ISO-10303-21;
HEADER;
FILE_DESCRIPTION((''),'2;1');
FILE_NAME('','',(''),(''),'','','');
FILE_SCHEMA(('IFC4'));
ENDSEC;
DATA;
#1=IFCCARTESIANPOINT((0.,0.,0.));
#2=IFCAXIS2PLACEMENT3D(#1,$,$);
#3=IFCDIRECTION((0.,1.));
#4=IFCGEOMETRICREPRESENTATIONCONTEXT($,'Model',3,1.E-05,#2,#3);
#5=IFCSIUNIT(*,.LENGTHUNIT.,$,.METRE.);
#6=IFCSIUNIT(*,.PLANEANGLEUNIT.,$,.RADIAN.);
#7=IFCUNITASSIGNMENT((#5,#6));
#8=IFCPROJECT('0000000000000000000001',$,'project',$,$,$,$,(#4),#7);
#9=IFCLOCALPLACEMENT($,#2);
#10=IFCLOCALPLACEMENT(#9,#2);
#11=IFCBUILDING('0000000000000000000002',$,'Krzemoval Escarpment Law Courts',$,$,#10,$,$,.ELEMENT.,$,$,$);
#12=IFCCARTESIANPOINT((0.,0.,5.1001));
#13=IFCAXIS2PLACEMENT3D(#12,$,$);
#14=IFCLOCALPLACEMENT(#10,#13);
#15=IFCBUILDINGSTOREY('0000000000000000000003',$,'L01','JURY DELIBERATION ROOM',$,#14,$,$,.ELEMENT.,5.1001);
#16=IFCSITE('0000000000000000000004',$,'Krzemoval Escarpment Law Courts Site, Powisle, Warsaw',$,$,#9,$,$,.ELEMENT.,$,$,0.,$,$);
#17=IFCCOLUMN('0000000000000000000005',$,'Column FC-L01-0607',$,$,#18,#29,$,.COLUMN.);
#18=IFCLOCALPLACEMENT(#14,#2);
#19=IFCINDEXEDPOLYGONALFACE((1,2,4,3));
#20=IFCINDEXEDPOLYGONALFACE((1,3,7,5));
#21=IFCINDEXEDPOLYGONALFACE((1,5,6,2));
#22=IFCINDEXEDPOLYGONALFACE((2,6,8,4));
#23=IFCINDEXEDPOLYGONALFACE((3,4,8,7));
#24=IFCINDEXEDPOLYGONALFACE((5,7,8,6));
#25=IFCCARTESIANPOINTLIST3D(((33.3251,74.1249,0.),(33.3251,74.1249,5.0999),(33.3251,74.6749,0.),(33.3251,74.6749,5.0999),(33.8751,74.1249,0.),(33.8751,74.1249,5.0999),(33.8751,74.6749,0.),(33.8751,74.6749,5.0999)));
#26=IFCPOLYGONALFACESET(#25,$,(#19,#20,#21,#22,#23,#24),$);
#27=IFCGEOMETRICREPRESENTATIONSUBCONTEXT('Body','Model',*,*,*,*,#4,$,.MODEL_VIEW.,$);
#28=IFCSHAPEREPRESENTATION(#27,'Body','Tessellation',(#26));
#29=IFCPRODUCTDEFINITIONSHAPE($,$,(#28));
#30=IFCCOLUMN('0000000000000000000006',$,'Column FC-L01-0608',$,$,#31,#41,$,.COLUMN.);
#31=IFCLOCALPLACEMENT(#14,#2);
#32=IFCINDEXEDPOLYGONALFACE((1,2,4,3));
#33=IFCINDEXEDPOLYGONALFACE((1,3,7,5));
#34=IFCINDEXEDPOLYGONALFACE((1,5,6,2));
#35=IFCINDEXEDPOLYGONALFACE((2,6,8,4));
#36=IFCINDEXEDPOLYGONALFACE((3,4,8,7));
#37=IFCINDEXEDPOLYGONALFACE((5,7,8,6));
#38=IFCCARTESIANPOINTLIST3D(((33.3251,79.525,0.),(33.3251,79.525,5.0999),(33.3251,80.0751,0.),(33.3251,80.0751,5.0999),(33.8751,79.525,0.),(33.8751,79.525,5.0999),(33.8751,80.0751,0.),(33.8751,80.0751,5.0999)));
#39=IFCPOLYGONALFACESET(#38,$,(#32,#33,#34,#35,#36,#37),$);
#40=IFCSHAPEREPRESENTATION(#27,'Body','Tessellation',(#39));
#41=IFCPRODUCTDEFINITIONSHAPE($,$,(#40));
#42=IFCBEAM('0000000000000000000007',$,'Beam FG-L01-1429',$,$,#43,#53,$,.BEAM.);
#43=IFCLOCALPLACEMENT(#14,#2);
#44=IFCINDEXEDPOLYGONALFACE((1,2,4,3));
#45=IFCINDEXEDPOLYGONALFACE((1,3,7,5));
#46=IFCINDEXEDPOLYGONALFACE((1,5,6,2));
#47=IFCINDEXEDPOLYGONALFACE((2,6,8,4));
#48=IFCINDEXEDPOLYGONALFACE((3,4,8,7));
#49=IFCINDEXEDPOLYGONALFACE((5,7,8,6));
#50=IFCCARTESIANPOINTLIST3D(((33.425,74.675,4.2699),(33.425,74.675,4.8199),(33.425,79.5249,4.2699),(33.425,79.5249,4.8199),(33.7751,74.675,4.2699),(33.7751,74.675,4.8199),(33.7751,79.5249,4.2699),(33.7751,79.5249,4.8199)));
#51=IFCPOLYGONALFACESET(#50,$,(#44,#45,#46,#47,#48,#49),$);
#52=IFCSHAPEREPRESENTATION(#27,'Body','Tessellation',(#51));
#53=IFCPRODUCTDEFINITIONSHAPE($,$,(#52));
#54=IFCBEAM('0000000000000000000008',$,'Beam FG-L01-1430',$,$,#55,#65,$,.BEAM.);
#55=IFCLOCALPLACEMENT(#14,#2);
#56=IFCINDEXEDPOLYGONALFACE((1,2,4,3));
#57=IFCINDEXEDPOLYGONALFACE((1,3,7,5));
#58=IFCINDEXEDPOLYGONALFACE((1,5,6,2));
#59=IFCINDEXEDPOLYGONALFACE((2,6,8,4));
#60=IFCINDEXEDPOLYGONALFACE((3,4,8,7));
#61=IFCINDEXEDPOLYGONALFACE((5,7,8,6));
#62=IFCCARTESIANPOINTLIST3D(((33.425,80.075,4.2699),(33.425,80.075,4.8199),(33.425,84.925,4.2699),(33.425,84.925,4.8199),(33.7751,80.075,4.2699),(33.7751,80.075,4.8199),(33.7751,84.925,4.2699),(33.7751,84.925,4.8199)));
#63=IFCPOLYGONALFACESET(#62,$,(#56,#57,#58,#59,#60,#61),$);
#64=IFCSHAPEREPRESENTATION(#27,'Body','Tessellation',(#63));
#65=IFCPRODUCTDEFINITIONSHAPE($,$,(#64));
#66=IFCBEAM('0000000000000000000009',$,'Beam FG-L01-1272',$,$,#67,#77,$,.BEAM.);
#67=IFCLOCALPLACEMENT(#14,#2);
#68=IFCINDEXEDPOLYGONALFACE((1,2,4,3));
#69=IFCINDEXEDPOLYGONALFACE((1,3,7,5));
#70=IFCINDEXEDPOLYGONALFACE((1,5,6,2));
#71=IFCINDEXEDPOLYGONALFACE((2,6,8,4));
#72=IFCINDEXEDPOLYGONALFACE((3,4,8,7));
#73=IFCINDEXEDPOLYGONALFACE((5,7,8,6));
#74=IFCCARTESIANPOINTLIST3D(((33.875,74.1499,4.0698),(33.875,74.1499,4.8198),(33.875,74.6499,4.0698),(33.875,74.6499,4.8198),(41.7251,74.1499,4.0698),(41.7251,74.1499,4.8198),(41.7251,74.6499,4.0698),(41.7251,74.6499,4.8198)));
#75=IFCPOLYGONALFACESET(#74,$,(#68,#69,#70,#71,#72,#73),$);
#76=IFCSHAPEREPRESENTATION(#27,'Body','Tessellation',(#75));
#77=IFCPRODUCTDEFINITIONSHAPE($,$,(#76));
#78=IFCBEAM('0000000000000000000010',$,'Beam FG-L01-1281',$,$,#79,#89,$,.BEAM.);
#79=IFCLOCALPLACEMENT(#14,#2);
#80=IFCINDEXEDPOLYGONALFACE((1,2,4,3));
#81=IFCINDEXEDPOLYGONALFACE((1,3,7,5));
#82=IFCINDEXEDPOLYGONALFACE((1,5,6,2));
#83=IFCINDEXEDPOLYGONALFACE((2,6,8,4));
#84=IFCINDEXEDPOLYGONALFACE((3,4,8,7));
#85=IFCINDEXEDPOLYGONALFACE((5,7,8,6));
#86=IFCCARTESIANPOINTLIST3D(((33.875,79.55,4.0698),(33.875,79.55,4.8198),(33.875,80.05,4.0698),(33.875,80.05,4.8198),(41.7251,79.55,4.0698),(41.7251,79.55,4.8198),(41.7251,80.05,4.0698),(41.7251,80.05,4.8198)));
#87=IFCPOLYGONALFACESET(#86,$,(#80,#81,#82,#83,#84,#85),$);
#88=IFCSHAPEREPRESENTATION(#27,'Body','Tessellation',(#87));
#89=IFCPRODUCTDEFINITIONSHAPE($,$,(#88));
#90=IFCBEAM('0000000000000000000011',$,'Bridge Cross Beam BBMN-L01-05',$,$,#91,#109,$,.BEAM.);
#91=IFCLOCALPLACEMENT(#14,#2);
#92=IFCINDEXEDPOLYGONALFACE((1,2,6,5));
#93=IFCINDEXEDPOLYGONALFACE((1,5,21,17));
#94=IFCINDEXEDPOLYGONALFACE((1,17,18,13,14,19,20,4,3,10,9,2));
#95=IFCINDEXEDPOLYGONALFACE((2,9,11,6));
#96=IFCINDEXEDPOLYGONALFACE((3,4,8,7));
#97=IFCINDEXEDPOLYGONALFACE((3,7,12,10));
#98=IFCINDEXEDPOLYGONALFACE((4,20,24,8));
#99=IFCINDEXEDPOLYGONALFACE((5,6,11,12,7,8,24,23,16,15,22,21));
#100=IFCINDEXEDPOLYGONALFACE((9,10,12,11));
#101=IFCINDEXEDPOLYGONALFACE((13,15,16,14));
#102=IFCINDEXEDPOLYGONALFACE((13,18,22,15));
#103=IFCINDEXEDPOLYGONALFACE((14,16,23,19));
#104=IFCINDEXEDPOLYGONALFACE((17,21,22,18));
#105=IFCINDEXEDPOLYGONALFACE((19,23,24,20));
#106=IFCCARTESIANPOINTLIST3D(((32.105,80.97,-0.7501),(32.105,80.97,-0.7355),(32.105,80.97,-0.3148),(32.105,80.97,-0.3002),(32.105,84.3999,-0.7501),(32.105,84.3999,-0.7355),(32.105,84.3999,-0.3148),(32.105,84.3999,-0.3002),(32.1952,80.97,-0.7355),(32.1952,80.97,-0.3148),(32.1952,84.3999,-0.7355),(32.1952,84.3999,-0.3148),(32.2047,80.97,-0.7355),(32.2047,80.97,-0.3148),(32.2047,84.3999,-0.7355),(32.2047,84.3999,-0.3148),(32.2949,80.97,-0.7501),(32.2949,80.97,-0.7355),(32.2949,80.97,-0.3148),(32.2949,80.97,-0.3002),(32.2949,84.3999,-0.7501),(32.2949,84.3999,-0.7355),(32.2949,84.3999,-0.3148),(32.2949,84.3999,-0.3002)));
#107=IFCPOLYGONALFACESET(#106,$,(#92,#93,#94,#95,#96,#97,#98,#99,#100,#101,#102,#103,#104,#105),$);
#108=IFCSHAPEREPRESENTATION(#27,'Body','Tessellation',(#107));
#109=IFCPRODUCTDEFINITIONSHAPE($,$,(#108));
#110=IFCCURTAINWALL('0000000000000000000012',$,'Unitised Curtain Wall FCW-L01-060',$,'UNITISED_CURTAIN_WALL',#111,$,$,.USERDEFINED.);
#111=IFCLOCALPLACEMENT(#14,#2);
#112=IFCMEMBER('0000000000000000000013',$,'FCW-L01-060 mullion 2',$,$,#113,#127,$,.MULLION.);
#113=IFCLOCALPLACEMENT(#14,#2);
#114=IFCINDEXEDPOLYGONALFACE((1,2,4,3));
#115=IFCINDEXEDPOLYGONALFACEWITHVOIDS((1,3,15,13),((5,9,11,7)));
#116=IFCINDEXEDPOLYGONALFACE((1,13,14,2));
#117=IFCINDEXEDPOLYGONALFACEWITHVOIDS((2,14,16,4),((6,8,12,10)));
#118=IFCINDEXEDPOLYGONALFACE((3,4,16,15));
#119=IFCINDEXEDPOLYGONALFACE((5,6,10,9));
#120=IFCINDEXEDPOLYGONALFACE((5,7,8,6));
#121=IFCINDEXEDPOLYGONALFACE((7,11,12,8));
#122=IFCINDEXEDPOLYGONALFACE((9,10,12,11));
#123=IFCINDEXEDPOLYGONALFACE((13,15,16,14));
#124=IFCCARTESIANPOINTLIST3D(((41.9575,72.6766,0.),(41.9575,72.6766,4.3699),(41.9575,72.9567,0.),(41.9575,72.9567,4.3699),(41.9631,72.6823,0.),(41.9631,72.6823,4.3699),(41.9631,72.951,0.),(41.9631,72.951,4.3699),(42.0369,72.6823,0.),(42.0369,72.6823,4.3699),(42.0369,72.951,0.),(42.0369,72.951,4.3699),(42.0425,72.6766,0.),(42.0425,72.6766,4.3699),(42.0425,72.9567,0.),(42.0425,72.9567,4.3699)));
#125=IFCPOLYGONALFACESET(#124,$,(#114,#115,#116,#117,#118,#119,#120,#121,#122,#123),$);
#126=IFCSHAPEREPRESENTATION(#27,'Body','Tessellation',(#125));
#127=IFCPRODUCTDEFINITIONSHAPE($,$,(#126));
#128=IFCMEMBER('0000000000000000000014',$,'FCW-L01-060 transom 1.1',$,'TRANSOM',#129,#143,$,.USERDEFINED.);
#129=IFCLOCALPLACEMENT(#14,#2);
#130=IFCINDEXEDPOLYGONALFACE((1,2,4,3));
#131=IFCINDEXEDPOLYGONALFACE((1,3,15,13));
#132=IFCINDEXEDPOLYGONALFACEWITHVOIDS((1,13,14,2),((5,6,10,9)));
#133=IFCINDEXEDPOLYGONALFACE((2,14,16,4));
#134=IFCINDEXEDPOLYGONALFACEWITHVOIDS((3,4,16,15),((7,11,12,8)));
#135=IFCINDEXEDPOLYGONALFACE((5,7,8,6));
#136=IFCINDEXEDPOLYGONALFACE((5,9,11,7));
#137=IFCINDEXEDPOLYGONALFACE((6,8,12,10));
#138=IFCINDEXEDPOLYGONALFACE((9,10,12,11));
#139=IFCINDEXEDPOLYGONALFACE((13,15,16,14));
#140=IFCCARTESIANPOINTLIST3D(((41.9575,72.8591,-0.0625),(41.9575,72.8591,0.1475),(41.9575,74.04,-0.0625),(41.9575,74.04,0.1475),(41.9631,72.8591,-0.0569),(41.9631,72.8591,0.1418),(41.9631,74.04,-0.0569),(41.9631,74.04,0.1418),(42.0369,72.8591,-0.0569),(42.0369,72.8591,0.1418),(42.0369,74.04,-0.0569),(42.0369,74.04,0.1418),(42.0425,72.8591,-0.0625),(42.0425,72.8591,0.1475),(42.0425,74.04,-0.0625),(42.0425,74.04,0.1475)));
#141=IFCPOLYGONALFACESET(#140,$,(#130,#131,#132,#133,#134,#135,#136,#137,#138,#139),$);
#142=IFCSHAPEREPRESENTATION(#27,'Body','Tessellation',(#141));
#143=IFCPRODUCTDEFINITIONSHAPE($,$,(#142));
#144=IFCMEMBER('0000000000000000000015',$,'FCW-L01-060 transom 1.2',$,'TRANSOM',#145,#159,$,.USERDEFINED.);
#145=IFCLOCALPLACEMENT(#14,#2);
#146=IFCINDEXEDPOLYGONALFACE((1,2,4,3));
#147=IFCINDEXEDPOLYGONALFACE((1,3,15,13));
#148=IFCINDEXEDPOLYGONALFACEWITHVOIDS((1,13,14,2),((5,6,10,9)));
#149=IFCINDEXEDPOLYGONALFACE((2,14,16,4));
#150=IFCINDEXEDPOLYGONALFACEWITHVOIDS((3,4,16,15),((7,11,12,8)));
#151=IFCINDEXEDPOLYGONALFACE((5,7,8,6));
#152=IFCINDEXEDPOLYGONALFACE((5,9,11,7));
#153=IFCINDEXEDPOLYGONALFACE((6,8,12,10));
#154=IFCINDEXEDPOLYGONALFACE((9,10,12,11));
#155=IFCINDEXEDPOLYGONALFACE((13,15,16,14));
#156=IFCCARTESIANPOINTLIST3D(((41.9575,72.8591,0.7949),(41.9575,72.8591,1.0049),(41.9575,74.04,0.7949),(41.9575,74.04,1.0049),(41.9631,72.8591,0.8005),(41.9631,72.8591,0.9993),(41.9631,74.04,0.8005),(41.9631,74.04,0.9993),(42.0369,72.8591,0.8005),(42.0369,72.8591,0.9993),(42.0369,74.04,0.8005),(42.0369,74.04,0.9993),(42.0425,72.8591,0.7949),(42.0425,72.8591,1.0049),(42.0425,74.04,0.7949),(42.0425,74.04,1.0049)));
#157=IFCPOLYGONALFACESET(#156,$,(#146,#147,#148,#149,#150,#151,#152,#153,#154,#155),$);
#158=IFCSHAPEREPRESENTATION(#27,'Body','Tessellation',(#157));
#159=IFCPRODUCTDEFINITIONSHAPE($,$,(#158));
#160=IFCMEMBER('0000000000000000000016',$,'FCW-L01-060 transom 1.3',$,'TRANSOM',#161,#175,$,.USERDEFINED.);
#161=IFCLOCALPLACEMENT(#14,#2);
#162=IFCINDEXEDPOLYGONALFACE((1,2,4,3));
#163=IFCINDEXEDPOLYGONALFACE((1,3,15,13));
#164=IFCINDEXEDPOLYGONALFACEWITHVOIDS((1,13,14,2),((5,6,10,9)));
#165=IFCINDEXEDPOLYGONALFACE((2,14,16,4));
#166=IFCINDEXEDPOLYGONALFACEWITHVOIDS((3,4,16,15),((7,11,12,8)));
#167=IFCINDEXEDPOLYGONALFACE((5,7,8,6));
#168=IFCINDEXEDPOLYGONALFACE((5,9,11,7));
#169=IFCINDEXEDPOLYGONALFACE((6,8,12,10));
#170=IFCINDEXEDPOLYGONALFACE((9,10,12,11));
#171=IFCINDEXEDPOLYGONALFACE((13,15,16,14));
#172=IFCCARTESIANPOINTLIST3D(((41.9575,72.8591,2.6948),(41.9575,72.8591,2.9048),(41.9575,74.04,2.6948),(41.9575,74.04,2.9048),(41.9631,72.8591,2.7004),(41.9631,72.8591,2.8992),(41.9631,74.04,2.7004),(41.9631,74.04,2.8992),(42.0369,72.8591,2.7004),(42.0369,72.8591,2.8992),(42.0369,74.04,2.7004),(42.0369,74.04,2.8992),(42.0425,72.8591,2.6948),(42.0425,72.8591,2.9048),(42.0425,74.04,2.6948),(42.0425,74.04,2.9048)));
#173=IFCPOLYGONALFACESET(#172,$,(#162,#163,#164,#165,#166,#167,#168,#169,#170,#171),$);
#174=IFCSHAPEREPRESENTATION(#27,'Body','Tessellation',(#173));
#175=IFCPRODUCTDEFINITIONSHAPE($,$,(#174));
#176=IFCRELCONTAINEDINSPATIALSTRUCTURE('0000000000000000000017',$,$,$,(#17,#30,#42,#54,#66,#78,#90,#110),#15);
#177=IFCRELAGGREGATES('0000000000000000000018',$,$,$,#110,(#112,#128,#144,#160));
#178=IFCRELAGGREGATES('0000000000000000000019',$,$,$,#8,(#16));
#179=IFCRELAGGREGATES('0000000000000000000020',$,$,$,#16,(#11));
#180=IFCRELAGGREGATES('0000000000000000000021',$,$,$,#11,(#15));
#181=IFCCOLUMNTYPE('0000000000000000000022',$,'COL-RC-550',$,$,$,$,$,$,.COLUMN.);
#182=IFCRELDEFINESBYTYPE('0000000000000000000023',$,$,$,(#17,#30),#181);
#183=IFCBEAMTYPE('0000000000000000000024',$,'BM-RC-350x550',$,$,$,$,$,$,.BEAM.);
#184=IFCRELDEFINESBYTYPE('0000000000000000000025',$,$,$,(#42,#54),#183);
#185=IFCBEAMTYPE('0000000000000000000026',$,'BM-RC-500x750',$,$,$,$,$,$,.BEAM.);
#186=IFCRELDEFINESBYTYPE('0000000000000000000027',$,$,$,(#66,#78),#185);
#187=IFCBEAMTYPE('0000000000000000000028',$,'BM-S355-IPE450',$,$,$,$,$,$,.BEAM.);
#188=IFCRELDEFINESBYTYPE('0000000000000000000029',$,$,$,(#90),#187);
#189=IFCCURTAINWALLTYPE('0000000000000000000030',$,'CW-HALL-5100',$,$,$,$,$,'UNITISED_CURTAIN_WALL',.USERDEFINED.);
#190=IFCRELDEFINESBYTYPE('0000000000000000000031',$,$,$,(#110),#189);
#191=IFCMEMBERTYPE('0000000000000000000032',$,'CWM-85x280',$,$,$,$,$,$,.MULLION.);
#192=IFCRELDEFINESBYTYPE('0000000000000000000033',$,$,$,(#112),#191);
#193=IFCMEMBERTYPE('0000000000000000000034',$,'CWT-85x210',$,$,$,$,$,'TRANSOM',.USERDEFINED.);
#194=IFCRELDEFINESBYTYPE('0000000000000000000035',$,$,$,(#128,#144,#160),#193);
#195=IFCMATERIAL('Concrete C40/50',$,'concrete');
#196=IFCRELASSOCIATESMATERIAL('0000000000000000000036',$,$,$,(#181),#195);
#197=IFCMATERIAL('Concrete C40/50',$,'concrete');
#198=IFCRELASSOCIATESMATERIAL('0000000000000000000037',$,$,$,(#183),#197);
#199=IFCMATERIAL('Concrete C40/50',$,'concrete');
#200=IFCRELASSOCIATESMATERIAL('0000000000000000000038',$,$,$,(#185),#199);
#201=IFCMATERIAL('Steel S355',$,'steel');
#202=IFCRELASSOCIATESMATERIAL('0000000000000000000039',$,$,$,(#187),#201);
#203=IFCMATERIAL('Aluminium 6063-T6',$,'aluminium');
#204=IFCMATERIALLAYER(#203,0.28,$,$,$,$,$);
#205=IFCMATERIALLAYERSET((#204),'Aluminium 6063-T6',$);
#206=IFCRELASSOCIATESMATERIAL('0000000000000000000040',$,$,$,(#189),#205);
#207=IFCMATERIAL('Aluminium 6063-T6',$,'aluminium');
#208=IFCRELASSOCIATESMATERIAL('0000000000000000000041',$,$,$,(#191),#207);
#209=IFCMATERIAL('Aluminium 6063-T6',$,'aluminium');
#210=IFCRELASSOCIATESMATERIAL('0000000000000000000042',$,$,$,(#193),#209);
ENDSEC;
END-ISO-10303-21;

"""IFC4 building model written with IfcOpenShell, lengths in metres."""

from ifc_helpers import new_model, si_unit, direction, frame, origin, origin_2d, place, context, subcontext, project, spatial, rectangle, hollow_rectangle, i_section, extrude, material, layer, layer_set, material_profile, profile_set, type_object, element, aggregate, save


model = new_model("IFC4")

# Units and contexts
model_context = context("Model", 3, precision=1e-05, world=origin(), true_north=direction((0.0, 1.0)))
body_context = subcontext(model_context, "Body", "Model", "MODEL_VIEW")
ifc_project = project(units=[si_unit("LENGTHUNIT", "METRE"), si_unit("PLANEANGLEUNIT", "RADIAN")], contexts=[model_context])

# Site, building, storey
site_placement = place(None, origin())
site = spatial("IfcSite", under=ifc_project, at=site_placement, Name="Krzemoval Escarpment Law Courts Site, Powisle, Warsaw", CompositionType="ELEMENT", RefElevation=0.0)
building_placement = place(site_placement, origin())
building = spatial("IfcBuilding", under=site, at=building_placement, Name="Krzemoval Escarpment Law Courts", CompositionType="ELEMENT")
storey_placement = place(building_placement, frame((0.0, 0.0, 5.1001)))
storey = spatial("IfcBuildingStorey", under=building, at=storey_placement, Name="L01", Description="JURY DELIBERATION ROOM", CompositionType="ELEMENT", Elevation=5.1001)

# Columns
ifc_material_1 = material(Name="Concrete C40/50", Category="concrete")
ifc_material_profile_1 = material_profile(ifc_material_1, rectangle(XDim=0.55, YDim=0.55, at=origin_2d()), Name="RC 550x550")
ifc_profile_set_1 = profile_set([ifc_material_profile_1], Name="Concrete C40/50")
column_type = type_object("IfcColumnType", Name="COL-RC-550", PredefinedType="COLUMN", material=ifc_profile_set_1)
for number, where, z_axis, x_axis, name in (
    (1, (33.6001, 74.3999, 0.0), (0.0, 0.0, 1.0), (1.0, 0.0, 0.0), "Column FC-L01-0607"),
    (2, (33.6001, 79.8, 0.0), (0.0, 0.0, 1.0), (1.0, 0.0, 0.0), "Column FC-L01-0608"),
):
    element("IfcColumn", number, at=place(storey_placement, frame(where, z_axis=z_axis, x_axis=x_axis)), inside=storey, type_object=column_type, Name=name, PredefinedType="COLUMN", context=body_context, shape_type="SweptSolid", body=[
        extrude(rectangle(XDim=0.55, YDim=0.55, at=origin_2d()), origin(), (0.0, 0.0, 1.0), 5.0999),
    ])

# Beams
ifc_material_2 = material(Name="Concrete C40/50", Category="concrete")
ifc_material_profile_2 = material_profile(ifc_material_2, rectangle(XDim=0.3501, YDim=0.55, at=origin_2d()), Name="RCB 350x550")
ifc_profile_set_2 = profile_set([ifc_material_profile_2], Name="Concrete C40/50")
beam_type_1 = type_object("IfcBeamType", Name="BM-RC-350x550", PredefinedType="BEAM", material=ifc_profile_set_2)
beam_1_placement = place(storey_placement, frame((33.6001, 74.675, 4.5449), z_axis=(0.0, 1.0, 0.0), x_axis=(-1.0, 0.0, 0.0)))
element("IfcBeam", 3, at=beam_1_placement, inside=storey, type_object=beam_type_1, Name="Beam FG-L01-1429", PredefinedType="BEAM", context=body_context, shape_type="SweptSolid", body=[
    extrude(rectangle(XDim=0.3501, YDim=0.55, at=origin_2d()), origin(), (0.0, 0.0, 1.0), 4.8499),
])
beam_2_placement = place(storey_placement, frame((33.6001, 80.075, 4.5449), z_axis=(0.0, 1.0, 0.0), x_axis=(-1.0, 0.0, 0.0)))
element("IfcBeam", 4, at=beam_2_placement, inside=storey, type_object=beam_type_1, Name="Beam FG-L01-1430", PredefinedType="BEAM", context=body_context, shape_type="SweptSolid", body=[
    extrude(rectangle(XDim=0.3501, YDim=0.55, at=origin_2d()), origin(), (0.0, 0.0, 1.0), 4.8501),
])
ifc_material_3 = material(Name="Concrete C40/50", Category="concrete")
ifc_material_profile_3 = material_profile(ifc_material_3, rectangle(XDim=0.5, YDim=0.75, at=origin_2d()), Name="RCB 500x750")
ifc_profile_set_3 = profile_set([ifc_material_profile_3], Name="Concrete C40/50")
beam_type_2 = type_object("IfcBeamType", Name="BM-RC-500x750", PredefinedType="BEAM", material=ifc_profile_set_3)
for number, where, z_axis, x_axis, name in (
    (5, (33.875, 74.3999, 4.4448), (1.0, 0.0, 0.0), (0.0, 1.0, 0.0), "Beam FG-L01-1272"),
    (6, (33.875, 79.8, 4.4448), (1.0, 0.0, 0.0), (0.0, 1.0, 0.0), "Beam FG-L01-1281"),
):
    element("IfcBeam", number, at=place(storey_placement, frame(where, z_axis=z_axis, x_axis=x_axis)), inside=storey, type_object=beam_type_2, Name=name, PredefinedType="BEAM", context=body_context, shape_type="SweptSolid", body=[
        extrude(rectangle(XDim=0.5, YDim=0.75, at=origin_2d()), origin(), (0.0, 0.0, 1.0), 7.8501),
    ])
ifc_material_4 = material(Name="Steel S355", Category="steel")
ifc_material_profile_4 = material_profile(ifc_material_4, i_section(OverallWidth=0.1899, OverallDepth=0.45, WebThickness=0.0095, FlangeThickness=0.0146, at=origin_2d()), Name="IPE 450")
ifc_profile_set_4 = profile_set([ifc_material_profile_4], Name="Steel S355")
beam_type_3 = type_object("IfcBeamType", Name="BM-S355-IPE450", PredefinedType="BEAM", material=ifc_profile_set_4)
beam_3_placement = place(storey_placement, frame((32.2, 80.97, -0.5251), z_axis=(0.0, 1.0, 0.0), x_axis=(-1.0, 0.0, 0.0)))
element("IfcBeam", 7, at=beam_3_placement, inside=storey, type_object=beam_type_3, Name="Bridge Cross Beam BBMN-L01-05", PredefinedType="BEAM", context=body_context, shape_type="SweptSolid", body=[
    extrude(i_section(OverallWidth=0.1899, OverallDepth=0.45, WebThickness=0.0095, FlangeThickness=0.0146, at=origin_2d()), origin(), (0.0, 0.0, 1.0), 3.4299),
])

# Curtain wall, members
ifc_material_5 = material(Name="Aluminium 6063-T6", Category="aluminium")
ifc_layer_1 = layer(ifc_material_5, 0.28)
ifc_layer_set_1 = layer_set([ifc_layer_1], Name="Aluminium 6063-T6")
curtain_wall_type = type_object("IfcCurtainWallType", Name="CW-HALL-5100", ElementType="UNITISED_CURTAIN_WALL", PredefinedType="USERDEFINED", material=ifc_layer_set_1)
curtain_wall_placement = place(storey_placement, origin())
curtain_wall = element("IfcCurtainWall", 8, at=curtain_wall_placement, inside=storey, type_object=curtain_wall_type, Name="Unitised Curtain Wall FCW-L01-060", ObjectType="UNITISED_CURTAIN_WALL", PredefinedType="USERDEFINED")
ifc_material_6 = material(Name="Aluminium 6063-T6", Category="aluminium")
ifc_material_profile_5 = material_profile(ifc_material_6, hollow_rectangle(XDim=0.085, YDim=0.28, WallThickness=0.0056, at=origin_2d()), Name="ALU M85x280")
ifc_profile_set_5 = profile_set([ifc_material_profile_5], Name="Aluminium 6063-T6")
member_type_1 = type_object("IfcMemberType", Name="CWM-85x280", PredefinedType="MULLION", material=ifc_profile_set_5)
member_1_placement = place(storey_placement, frame((42.0, 72.8167, 0.0), z_axis=(0.0, 0.0, 1.0), x_axis=(1.0, 0.0, 0.0)))
member_1 = element("IfcMember", 9, at=member_1_placement, type_object=member_type_1, Name="FCW-L01-060 mullion 2", PredefinedType="MULLION", context=body_context, shape_type="SweptSolid", body=[
    extrude(hollow_rectangle(XDim=0.085, YDim=0.28, WallThickness=0.0056, at=origin_2d()), origin(), (0.0, 0.0, 1.0), 4.3699),
])
ifc_material_7 = material(Name="Aluminium 6063-T6", Category="aluminium")
ifc_material_profile_6 = material_profile(ifc_material_7, hollow_rectangle(XDim=0.085, YDim=0.21, WallThickness=0.0056, at=origin_2d()), Name="ALU T85x210")
ifc_profile_set_6 = profile_set([ifc_material_profile_6], Name="Aluminium 6063-T6")
member_type_2 = type_object("IfcMemberType", Name="CWT-85x210", ElementType="TRANSOM", PredefinedType="USERDEFINED", material=ifc_profile_set_6)
member_2_placement = place(storey_placement, frame((42.0, 74.04, 0.0425), z_axis=(0.0, -1.0, 0.0), x_axis=(1.0, 0.0, 0.0)))
member_2 = element("IfcMember", 10, at=member_2_placement, type_object=member_type_2, Name="FCW-L01-060 transom 1.1", ObjectType="TRANSOM", PredefinedType="USERDEFINED", context=body_context, shape_type="SweptSolid", body=[
    extrude(hollow_rectangle(XDim=0.085, YDim=0.21, WallThickness=0.0056, at=origin_2d()), origin(), (0.0, 0.0, 1.0), 1.1809),
])
member_3_placement = place(storey_placement, frame((42.0, 74.04, 0.8999), z_axis=(0.0, -1.0, 0.0), x_axis=(1.0, 0.0, 0.0)))
member_3 = element("IfcMember", 11, at=member_3_placement, type_object=member_type_2, Name="FCW-L01-060 transom 1.2", ObjectType="TRANSOM", PredefinedType="USERDEFINED", context=body_context, shape_type="SweptSolid", body=[
    extrude(hollow_rectangle(XDim=0.085, YDim=0.21, WallThickness=0.0056, at=origin_2d()), origin(), (0.0, 0.0, 1.0), 1.1809),
])
member_4_placement = place(storey_placement, frame((42.0, 74.04, 2.7998), z_axis=(0.0, -1.0, 0.0), x_axis=(1.0, 0.0, 0.0)))
member_4 = element("IfcMember", 12, at=member_4_placement, type_object=member_type_2, Name="FCW-L01-060 transom 1.3", ObjectType="TRANSOM", PredefinedType="USERDEFINED", context=body_context, shape_type="SweptSolid", body=[
    extrude(hollow_rectangle(XDim=0.085, YDim=0.21, WallThickness=0.0056, at=origin_2d()), origin(), (0.0, 0.0, 1.0), 1.1809),
])

aggregate(curtain_wall, [member_1, member_2, member_3, member_4])

save(model, "model.ifc")
